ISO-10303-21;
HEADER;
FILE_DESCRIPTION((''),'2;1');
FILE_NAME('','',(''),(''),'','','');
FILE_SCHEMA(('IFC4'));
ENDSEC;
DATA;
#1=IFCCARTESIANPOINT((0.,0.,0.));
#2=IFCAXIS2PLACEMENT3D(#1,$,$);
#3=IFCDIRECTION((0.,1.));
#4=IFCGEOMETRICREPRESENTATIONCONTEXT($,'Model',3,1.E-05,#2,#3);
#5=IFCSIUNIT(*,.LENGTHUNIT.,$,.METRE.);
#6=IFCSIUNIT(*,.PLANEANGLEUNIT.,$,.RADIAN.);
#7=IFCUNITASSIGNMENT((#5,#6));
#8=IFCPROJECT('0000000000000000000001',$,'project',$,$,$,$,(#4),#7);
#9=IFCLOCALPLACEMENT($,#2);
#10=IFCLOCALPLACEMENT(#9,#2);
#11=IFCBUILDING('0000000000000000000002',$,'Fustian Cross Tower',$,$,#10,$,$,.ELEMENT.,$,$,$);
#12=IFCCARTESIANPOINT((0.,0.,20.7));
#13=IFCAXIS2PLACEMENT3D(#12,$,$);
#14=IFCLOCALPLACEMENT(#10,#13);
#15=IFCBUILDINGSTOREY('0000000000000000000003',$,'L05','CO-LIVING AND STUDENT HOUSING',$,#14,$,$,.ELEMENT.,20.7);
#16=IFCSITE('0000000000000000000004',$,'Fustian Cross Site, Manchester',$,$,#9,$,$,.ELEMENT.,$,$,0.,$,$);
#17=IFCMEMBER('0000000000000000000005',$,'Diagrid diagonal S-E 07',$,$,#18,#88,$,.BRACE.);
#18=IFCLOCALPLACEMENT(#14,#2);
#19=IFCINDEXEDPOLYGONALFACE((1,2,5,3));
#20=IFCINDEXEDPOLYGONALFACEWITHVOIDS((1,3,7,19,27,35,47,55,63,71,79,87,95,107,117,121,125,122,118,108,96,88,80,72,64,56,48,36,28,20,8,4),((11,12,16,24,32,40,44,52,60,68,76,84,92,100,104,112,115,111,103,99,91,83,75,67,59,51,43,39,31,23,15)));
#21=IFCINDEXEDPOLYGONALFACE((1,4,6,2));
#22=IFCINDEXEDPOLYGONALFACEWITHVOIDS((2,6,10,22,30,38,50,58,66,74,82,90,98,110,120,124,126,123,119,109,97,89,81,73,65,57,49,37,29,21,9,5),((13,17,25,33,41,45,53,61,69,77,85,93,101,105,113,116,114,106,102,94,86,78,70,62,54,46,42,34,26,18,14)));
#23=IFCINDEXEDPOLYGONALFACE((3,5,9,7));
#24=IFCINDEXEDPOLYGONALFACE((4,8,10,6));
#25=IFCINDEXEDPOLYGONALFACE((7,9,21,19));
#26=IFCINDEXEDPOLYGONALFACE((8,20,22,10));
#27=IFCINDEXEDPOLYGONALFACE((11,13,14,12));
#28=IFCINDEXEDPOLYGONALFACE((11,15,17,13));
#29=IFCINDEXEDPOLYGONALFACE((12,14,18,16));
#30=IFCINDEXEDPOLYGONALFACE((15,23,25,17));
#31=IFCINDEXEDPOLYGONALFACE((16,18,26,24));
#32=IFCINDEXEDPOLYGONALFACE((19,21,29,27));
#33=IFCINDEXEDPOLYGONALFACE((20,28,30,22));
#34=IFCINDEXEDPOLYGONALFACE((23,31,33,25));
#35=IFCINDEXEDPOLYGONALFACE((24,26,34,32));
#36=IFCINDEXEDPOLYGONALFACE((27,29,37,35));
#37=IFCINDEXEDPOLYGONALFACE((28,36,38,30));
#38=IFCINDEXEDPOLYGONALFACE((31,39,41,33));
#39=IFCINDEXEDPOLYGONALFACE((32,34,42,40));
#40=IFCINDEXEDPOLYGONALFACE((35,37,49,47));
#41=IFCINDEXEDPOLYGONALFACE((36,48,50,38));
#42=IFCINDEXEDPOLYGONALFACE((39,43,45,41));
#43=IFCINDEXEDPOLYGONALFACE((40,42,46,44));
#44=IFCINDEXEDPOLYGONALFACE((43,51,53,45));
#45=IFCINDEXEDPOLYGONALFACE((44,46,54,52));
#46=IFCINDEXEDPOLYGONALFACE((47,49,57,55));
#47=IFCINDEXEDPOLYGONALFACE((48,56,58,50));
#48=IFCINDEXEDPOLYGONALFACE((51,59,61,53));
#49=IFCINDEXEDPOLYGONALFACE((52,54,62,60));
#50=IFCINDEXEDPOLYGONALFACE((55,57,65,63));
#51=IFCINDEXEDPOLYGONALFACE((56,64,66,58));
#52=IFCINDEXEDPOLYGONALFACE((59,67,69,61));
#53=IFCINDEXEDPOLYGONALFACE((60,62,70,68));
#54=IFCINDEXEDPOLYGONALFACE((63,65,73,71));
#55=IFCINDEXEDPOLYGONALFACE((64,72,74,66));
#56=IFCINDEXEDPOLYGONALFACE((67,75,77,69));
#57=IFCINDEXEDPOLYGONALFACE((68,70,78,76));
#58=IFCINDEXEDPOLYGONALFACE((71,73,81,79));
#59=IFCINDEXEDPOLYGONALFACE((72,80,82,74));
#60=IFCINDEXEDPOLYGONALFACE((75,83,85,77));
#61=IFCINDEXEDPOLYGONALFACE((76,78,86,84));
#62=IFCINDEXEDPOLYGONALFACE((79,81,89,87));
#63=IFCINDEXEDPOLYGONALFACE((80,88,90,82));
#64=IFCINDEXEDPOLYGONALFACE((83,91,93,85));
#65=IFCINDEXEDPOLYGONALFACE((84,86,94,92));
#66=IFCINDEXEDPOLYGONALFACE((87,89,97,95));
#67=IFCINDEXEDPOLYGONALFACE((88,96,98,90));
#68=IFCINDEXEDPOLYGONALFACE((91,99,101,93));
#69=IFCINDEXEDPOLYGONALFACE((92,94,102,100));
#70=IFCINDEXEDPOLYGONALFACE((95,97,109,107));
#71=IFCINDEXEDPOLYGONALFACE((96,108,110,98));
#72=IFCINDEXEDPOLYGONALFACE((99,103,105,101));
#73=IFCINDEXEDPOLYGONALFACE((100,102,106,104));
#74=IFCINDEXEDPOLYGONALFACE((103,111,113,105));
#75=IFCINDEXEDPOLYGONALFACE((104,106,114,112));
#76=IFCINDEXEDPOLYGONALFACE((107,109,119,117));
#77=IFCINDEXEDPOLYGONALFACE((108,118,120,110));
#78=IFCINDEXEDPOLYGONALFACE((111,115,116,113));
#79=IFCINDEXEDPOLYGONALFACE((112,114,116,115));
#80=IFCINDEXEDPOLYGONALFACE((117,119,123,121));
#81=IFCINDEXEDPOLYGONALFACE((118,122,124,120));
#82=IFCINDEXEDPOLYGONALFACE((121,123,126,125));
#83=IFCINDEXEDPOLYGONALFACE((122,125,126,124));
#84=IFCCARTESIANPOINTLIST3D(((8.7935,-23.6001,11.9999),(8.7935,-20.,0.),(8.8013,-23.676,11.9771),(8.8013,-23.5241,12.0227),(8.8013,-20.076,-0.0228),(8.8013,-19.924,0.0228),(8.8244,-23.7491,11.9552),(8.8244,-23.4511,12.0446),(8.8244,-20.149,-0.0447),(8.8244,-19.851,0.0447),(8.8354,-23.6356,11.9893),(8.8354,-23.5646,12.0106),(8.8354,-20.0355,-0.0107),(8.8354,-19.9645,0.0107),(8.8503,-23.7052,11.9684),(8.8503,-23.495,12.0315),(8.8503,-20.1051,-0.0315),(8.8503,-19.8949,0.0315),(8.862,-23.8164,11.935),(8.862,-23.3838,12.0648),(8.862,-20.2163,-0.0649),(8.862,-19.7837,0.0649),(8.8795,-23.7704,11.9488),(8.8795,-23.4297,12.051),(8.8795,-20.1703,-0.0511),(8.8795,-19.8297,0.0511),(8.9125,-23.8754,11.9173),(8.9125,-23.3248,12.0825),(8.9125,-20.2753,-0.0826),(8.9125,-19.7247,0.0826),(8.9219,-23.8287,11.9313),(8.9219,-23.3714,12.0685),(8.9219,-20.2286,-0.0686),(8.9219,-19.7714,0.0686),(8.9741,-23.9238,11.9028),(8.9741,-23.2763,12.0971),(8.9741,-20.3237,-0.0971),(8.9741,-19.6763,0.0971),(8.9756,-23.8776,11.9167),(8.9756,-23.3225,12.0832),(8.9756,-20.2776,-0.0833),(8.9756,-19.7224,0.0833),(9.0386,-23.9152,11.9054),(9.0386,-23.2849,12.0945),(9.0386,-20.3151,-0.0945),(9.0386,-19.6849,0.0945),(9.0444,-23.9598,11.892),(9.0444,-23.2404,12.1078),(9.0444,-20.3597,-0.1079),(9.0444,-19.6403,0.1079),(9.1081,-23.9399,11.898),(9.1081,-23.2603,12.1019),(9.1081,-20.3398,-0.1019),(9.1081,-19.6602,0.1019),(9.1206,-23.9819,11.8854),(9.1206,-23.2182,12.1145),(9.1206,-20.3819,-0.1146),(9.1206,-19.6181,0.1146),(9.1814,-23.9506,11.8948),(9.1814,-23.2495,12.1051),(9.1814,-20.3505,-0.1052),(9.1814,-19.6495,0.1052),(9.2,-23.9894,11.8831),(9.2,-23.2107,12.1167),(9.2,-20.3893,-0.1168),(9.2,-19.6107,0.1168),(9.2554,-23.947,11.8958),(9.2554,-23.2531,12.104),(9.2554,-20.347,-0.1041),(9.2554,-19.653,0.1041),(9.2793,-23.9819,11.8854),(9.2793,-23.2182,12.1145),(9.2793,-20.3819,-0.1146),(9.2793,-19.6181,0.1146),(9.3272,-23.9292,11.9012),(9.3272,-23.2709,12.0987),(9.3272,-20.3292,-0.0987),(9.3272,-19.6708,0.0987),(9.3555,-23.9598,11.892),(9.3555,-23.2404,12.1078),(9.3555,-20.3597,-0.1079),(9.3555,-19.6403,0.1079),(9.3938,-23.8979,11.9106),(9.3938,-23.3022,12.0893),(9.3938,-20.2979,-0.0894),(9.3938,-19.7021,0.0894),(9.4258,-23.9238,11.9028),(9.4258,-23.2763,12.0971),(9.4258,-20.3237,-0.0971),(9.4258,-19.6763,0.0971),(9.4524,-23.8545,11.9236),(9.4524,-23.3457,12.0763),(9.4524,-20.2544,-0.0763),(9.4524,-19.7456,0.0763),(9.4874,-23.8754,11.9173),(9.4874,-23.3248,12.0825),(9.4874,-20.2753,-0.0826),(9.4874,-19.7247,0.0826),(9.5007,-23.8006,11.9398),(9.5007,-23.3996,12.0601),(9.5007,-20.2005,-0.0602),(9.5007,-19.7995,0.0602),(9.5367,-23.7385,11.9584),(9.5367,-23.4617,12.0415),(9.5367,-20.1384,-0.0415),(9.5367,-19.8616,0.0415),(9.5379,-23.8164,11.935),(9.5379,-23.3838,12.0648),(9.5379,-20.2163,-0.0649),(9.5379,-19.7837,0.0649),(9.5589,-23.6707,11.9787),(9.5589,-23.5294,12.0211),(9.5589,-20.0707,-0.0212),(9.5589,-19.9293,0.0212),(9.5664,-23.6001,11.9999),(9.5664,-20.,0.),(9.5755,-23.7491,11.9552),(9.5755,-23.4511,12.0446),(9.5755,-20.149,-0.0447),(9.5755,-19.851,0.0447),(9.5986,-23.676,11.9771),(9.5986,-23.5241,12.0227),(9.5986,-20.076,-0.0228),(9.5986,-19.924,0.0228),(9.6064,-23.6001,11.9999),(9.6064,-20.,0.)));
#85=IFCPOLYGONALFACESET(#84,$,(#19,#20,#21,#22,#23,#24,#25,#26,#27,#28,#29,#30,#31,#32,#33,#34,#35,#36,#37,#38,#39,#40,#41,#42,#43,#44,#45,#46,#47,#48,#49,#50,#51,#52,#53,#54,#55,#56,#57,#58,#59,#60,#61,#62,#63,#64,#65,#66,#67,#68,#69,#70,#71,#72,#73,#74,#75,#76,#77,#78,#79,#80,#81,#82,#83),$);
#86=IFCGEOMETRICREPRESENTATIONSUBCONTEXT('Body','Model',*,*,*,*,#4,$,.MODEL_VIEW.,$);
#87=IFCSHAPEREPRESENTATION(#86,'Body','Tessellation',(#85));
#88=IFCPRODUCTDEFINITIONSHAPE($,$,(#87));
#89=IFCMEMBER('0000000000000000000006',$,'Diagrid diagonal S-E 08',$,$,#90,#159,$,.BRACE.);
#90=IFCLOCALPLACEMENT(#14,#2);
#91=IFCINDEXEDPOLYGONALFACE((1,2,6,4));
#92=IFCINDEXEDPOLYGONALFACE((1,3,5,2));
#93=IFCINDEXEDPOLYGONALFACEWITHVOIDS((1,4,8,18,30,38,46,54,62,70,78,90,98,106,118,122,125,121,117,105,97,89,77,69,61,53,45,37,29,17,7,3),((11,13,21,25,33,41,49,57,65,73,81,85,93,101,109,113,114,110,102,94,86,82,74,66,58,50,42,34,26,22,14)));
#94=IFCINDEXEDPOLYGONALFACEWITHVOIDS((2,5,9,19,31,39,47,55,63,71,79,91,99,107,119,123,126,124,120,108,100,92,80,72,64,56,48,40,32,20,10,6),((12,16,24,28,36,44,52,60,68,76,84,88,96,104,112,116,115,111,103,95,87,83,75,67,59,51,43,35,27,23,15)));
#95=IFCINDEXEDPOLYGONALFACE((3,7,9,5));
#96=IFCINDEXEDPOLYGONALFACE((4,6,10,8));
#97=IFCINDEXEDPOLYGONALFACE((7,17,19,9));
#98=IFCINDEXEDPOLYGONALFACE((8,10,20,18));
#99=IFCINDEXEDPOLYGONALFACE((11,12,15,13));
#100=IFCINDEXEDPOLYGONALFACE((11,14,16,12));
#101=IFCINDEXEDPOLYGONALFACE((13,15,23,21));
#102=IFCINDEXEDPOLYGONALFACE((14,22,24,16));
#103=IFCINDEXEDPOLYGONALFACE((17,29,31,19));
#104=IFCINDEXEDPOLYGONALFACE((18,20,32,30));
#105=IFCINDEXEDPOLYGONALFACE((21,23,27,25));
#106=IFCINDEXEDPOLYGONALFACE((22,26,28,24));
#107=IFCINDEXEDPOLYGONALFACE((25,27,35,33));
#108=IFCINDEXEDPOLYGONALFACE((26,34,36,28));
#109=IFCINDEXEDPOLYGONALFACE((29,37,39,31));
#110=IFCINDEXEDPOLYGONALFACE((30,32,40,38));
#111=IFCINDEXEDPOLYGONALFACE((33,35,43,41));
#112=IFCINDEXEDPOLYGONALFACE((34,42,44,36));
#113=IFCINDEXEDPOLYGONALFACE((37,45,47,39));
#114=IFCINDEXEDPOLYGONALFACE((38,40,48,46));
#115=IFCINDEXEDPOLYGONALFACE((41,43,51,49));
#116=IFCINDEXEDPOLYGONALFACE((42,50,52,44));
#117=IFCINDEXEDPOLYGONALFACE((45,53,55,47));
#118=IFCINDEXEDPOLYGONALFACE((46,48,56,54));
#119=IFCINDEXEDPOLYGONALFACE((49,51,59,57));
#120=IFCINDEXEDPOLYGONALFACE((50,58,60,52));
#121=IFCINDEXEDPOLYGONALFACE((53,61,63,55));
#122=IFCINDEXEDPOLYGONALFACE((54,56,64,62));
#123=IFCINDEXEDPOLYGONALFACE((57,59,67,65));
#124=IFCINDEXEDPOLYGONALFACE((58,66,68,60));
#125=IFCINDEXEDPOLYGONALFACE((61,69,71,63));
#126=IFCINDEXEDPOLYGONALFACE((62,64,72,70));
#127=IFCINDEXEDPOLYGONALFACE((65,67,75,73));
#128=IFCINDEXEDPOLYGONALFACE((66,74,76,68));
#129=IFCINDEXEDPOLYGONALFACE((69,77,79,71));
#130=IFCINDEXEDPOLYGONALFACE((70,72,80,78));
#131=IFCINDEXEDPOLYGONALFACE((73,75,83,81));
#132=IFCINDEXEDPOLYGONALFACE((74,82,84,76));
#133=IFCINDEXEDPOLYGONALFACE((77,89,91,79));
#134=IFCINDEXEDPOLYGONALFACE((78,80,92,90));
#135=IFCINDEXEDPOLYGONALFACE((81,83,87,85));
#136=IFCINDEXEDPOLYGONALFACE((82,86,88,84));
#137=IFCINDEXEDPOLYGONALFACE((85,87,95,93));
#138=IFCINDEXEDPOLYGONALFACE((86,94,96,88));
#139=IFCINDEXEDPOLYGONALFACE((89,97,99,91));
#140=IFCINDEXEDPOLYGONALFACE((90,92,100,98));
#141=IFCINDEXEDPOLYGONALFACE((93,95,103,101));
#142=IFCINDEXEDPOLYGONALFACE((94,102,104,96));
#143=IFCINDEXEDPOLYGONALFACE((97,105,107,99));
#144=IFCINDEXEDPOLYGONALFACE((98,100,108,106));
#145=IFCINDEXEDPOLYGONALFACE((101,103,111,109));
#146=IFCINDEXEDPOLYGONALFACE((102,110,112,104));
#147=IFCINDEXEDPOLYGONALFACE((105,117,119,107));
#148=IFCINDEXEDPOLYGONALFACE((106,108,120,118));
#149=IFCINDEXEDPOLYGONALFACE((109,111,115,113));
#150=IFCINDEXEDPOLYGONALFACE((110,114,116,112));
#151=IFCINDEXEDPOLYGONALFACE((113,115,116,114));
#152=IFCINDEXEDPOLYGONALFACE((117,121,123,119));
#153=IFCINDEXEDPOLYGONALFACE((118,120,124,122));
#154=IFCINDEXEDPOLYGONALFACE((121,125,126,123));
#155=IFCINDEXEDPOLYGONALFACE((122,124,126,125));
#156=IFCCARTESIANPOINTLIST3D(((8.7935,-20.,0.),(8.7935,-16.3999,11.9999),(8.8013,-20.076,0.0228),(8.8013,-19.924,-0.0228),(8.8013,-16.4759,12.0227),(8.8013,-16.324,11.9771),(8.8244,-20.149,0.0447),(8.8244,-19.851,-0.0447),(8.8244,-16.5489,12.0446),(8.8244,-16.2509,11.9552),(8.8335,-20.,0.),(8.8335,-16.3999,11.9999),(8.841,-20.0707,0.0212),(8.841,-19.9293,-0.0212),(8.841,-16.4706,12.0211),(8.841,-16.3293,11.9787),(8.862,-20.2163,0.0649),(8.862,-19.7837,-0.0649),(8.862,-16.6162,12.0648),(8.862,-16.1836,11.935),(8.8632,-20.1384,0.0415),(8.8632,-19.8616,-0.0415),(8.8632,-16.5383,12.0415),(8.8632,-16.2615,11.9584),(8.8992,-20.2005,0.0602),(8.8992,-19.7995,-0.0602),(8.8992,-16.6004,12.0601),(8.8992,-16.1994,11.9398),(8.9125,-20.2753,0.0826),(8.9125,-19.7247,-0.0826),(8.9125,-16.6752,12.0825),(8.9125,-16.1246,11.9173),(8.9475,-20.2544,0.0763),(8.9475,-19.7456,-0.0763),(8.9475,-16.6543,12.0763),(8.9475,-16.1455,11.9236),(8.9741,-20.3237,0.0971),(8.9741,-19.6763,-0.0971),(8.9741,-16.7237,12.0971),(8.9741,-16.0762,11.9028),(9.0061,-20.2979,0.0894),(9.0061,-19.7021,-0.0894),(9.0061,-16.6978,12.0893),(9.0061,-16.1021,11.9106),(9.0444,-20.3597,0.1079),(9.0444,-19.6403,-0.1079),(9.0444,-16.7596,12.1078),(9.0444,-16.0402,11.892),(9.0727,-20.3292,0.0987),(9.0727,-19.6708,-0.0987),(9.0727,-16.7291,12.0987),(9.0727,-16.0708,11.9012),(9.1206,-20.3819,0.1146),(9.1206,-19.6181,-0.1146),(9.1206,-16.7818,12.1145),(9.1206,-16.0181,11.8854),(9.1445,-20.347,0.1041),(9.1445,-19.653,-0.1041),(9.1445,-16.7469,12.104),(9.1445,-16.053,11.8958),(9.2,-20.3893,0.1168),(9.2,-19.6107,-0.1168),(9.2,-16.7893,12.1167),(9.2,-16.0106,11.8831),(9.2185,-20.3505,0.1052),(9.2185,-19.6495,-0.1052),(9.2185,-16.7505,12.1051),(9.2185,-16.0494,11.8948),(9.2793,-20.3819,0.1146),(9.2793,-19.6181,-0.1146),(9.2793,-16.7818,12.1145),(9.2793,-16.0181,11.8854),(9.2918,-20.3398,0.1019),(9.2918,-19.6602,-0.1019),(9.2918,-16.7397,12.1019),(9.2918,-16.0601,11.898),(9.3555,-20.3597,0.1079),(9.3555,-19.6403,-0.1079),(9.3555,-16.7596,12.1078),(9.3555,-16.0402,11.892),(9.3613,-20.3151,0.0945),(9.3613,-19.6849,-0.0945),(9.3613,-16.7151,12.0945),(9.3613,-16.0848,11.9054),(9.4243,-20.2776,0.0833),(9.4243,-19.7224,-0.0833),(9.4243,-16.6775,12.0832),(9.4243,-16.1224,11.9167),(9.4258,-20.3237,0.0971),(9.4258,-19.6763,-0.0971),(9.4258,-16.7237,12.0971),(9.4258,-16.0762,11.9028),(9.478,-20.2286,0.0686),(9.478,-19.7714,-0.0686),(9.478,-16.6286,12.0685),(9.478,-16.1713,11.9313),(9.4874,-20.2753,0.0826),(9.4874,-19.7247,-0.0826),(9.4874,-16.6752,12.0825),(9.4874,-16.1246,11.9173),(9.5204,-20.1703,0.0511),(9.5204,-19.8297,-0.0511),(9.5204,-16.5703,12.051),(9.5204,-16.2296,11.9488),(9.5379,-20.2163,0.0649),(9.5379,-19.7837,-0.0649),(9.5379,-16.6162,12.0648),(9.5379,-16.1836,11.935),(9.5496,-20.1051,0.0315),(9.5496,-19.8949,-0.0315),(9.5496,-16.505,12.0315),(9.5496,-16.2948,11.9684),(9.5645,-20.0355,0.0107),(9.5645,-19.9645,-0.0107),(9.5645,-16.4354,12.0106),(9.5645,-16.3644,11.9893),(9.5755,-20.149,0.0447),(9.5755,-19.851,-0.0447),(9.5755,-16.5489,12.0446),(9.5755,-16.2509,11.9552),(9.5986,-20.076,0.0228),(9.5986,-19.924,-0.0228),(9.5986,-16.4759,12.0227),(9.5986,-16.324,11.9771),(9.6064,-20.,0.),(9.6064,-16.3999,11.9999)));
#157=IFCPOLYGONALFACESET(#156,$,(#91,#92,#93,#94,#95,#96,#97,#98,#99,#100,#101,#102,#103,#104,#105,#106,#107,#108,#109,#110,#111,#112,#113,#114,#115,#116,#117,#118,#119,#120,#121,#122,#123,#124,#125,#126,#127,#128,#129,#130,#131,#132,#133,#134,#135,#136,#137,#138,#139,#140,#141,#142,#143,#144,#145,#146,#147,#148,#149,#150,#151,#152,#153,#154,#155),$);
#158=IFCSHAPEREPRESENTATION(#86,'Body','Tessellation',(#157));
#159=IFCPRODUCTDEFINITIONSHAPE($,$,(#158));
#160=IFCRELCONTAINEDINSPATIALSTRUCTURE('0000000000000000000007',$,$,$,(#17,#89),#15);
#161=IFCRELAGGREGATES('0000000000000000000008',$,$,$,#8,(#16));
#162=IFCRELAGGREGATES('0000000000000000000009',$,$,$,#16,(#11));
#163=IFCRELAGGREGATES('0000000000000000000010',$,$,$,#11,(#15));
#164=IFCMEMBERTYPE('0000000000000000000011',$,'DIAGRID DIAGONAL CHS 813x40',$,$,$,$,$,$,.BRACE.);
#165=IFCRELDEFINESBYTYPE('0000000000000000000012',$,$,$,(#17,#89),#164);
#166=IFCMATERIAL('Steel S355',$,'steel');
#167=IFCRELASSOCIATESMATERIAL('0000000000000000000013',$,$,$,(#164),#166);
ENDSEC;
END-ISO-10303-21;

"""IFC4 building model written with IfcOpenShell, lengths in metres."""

from ifc_helpers import new_model, si_unit, direction, frame, origin, origin_2d, place, context, subcontext, project, spatial, hollow_circle, extrude, material, material_profile, profile_set, type_object, element, save


model = new_model("IFC4")

# Units and contexts
model_context = context("Model", 3, precision=1e-05, world=origin(), true_north=direction((0.0, 1.0)))
body_context = subcontext(model_context, "Body", "Model", "MODEL_VIEW")
ifc_project = project(units=[si_unit("LENGTHUNIT", "METRE"), si_unit("PLANEANGLEUNIT", "RADIAN")], contexts=[model_context])

# Site, building, storey
site_placement = place(None, origin())
site = spatial("IfcSite", under=ifc_project, at=site_placement, Name="Fustian Cross Site, Manchester", CompositionType="ELEMENT", RefElevation=0.0)
building_placement = place(site_placement, origin())
building = spatial("IfcBuilding", under=site, at=building_placement, Name="Fustian Cross Tower", CompositionType="ELEMENT")
storey_placement = place(building_placement, frame((0.0, 0.0, 20.7)))
storey = spatial("IfcBuildingStorey", under=building, at=storey_placement, Name="L05", Description="CO-LIVING AND STUDENT HOUSING", CompositionType="ELEMENT", Elevation=20.7)

# Members
ifc_material_1 = material(Name="Steel S355", Category="steel")
ifc_material_profile_1 = material_profile(ifc_material_1, hollow_circle(Radius=0.4065, WallThickness=0.04, at=origin_2d()), Name="CHS 813x40")
ifc_profile_set_1 = profile_set([ifc_material_profile_1], Name="Steel S355")
member_type_1 = type_object("IfcMemberType", Name="DIAGRID DIAGONAL CHS 813x40", PredefinedType="BRACE", material=ifc_profile_set_1)
for number, where, z_axis, x_axis, name in (
    (1, (9.2, -20.0, 0.0), (0.0, -0.287355, 0.957824), (1.0, 0.0, 0.0), "Diagrid diagonal S-E 07"),
    (2, (9.2, -20.0, 0.0), (0.0, 0.287355, 0.957824), (-1.0, 0.0, 0.0), "Diagrid diagonal S-E 08"),
):
    element("IfcMember", number, at=place(storey_placement, frame(where, z_axis=z_axis, x_axis=x_axis)), inside=storey, type_object=member_type_1, Name=name, PredefinedType="BRACE", context=body_context, shape_type="SweptSolid", body=[
        extrude(hollow_circle(Radius=0.4065, WallThickness=0.04, at=origin_2d()), origin(), (0.0, 0.0, 1.0), 12.5283),
    ])

save(model, "model.ifc")
